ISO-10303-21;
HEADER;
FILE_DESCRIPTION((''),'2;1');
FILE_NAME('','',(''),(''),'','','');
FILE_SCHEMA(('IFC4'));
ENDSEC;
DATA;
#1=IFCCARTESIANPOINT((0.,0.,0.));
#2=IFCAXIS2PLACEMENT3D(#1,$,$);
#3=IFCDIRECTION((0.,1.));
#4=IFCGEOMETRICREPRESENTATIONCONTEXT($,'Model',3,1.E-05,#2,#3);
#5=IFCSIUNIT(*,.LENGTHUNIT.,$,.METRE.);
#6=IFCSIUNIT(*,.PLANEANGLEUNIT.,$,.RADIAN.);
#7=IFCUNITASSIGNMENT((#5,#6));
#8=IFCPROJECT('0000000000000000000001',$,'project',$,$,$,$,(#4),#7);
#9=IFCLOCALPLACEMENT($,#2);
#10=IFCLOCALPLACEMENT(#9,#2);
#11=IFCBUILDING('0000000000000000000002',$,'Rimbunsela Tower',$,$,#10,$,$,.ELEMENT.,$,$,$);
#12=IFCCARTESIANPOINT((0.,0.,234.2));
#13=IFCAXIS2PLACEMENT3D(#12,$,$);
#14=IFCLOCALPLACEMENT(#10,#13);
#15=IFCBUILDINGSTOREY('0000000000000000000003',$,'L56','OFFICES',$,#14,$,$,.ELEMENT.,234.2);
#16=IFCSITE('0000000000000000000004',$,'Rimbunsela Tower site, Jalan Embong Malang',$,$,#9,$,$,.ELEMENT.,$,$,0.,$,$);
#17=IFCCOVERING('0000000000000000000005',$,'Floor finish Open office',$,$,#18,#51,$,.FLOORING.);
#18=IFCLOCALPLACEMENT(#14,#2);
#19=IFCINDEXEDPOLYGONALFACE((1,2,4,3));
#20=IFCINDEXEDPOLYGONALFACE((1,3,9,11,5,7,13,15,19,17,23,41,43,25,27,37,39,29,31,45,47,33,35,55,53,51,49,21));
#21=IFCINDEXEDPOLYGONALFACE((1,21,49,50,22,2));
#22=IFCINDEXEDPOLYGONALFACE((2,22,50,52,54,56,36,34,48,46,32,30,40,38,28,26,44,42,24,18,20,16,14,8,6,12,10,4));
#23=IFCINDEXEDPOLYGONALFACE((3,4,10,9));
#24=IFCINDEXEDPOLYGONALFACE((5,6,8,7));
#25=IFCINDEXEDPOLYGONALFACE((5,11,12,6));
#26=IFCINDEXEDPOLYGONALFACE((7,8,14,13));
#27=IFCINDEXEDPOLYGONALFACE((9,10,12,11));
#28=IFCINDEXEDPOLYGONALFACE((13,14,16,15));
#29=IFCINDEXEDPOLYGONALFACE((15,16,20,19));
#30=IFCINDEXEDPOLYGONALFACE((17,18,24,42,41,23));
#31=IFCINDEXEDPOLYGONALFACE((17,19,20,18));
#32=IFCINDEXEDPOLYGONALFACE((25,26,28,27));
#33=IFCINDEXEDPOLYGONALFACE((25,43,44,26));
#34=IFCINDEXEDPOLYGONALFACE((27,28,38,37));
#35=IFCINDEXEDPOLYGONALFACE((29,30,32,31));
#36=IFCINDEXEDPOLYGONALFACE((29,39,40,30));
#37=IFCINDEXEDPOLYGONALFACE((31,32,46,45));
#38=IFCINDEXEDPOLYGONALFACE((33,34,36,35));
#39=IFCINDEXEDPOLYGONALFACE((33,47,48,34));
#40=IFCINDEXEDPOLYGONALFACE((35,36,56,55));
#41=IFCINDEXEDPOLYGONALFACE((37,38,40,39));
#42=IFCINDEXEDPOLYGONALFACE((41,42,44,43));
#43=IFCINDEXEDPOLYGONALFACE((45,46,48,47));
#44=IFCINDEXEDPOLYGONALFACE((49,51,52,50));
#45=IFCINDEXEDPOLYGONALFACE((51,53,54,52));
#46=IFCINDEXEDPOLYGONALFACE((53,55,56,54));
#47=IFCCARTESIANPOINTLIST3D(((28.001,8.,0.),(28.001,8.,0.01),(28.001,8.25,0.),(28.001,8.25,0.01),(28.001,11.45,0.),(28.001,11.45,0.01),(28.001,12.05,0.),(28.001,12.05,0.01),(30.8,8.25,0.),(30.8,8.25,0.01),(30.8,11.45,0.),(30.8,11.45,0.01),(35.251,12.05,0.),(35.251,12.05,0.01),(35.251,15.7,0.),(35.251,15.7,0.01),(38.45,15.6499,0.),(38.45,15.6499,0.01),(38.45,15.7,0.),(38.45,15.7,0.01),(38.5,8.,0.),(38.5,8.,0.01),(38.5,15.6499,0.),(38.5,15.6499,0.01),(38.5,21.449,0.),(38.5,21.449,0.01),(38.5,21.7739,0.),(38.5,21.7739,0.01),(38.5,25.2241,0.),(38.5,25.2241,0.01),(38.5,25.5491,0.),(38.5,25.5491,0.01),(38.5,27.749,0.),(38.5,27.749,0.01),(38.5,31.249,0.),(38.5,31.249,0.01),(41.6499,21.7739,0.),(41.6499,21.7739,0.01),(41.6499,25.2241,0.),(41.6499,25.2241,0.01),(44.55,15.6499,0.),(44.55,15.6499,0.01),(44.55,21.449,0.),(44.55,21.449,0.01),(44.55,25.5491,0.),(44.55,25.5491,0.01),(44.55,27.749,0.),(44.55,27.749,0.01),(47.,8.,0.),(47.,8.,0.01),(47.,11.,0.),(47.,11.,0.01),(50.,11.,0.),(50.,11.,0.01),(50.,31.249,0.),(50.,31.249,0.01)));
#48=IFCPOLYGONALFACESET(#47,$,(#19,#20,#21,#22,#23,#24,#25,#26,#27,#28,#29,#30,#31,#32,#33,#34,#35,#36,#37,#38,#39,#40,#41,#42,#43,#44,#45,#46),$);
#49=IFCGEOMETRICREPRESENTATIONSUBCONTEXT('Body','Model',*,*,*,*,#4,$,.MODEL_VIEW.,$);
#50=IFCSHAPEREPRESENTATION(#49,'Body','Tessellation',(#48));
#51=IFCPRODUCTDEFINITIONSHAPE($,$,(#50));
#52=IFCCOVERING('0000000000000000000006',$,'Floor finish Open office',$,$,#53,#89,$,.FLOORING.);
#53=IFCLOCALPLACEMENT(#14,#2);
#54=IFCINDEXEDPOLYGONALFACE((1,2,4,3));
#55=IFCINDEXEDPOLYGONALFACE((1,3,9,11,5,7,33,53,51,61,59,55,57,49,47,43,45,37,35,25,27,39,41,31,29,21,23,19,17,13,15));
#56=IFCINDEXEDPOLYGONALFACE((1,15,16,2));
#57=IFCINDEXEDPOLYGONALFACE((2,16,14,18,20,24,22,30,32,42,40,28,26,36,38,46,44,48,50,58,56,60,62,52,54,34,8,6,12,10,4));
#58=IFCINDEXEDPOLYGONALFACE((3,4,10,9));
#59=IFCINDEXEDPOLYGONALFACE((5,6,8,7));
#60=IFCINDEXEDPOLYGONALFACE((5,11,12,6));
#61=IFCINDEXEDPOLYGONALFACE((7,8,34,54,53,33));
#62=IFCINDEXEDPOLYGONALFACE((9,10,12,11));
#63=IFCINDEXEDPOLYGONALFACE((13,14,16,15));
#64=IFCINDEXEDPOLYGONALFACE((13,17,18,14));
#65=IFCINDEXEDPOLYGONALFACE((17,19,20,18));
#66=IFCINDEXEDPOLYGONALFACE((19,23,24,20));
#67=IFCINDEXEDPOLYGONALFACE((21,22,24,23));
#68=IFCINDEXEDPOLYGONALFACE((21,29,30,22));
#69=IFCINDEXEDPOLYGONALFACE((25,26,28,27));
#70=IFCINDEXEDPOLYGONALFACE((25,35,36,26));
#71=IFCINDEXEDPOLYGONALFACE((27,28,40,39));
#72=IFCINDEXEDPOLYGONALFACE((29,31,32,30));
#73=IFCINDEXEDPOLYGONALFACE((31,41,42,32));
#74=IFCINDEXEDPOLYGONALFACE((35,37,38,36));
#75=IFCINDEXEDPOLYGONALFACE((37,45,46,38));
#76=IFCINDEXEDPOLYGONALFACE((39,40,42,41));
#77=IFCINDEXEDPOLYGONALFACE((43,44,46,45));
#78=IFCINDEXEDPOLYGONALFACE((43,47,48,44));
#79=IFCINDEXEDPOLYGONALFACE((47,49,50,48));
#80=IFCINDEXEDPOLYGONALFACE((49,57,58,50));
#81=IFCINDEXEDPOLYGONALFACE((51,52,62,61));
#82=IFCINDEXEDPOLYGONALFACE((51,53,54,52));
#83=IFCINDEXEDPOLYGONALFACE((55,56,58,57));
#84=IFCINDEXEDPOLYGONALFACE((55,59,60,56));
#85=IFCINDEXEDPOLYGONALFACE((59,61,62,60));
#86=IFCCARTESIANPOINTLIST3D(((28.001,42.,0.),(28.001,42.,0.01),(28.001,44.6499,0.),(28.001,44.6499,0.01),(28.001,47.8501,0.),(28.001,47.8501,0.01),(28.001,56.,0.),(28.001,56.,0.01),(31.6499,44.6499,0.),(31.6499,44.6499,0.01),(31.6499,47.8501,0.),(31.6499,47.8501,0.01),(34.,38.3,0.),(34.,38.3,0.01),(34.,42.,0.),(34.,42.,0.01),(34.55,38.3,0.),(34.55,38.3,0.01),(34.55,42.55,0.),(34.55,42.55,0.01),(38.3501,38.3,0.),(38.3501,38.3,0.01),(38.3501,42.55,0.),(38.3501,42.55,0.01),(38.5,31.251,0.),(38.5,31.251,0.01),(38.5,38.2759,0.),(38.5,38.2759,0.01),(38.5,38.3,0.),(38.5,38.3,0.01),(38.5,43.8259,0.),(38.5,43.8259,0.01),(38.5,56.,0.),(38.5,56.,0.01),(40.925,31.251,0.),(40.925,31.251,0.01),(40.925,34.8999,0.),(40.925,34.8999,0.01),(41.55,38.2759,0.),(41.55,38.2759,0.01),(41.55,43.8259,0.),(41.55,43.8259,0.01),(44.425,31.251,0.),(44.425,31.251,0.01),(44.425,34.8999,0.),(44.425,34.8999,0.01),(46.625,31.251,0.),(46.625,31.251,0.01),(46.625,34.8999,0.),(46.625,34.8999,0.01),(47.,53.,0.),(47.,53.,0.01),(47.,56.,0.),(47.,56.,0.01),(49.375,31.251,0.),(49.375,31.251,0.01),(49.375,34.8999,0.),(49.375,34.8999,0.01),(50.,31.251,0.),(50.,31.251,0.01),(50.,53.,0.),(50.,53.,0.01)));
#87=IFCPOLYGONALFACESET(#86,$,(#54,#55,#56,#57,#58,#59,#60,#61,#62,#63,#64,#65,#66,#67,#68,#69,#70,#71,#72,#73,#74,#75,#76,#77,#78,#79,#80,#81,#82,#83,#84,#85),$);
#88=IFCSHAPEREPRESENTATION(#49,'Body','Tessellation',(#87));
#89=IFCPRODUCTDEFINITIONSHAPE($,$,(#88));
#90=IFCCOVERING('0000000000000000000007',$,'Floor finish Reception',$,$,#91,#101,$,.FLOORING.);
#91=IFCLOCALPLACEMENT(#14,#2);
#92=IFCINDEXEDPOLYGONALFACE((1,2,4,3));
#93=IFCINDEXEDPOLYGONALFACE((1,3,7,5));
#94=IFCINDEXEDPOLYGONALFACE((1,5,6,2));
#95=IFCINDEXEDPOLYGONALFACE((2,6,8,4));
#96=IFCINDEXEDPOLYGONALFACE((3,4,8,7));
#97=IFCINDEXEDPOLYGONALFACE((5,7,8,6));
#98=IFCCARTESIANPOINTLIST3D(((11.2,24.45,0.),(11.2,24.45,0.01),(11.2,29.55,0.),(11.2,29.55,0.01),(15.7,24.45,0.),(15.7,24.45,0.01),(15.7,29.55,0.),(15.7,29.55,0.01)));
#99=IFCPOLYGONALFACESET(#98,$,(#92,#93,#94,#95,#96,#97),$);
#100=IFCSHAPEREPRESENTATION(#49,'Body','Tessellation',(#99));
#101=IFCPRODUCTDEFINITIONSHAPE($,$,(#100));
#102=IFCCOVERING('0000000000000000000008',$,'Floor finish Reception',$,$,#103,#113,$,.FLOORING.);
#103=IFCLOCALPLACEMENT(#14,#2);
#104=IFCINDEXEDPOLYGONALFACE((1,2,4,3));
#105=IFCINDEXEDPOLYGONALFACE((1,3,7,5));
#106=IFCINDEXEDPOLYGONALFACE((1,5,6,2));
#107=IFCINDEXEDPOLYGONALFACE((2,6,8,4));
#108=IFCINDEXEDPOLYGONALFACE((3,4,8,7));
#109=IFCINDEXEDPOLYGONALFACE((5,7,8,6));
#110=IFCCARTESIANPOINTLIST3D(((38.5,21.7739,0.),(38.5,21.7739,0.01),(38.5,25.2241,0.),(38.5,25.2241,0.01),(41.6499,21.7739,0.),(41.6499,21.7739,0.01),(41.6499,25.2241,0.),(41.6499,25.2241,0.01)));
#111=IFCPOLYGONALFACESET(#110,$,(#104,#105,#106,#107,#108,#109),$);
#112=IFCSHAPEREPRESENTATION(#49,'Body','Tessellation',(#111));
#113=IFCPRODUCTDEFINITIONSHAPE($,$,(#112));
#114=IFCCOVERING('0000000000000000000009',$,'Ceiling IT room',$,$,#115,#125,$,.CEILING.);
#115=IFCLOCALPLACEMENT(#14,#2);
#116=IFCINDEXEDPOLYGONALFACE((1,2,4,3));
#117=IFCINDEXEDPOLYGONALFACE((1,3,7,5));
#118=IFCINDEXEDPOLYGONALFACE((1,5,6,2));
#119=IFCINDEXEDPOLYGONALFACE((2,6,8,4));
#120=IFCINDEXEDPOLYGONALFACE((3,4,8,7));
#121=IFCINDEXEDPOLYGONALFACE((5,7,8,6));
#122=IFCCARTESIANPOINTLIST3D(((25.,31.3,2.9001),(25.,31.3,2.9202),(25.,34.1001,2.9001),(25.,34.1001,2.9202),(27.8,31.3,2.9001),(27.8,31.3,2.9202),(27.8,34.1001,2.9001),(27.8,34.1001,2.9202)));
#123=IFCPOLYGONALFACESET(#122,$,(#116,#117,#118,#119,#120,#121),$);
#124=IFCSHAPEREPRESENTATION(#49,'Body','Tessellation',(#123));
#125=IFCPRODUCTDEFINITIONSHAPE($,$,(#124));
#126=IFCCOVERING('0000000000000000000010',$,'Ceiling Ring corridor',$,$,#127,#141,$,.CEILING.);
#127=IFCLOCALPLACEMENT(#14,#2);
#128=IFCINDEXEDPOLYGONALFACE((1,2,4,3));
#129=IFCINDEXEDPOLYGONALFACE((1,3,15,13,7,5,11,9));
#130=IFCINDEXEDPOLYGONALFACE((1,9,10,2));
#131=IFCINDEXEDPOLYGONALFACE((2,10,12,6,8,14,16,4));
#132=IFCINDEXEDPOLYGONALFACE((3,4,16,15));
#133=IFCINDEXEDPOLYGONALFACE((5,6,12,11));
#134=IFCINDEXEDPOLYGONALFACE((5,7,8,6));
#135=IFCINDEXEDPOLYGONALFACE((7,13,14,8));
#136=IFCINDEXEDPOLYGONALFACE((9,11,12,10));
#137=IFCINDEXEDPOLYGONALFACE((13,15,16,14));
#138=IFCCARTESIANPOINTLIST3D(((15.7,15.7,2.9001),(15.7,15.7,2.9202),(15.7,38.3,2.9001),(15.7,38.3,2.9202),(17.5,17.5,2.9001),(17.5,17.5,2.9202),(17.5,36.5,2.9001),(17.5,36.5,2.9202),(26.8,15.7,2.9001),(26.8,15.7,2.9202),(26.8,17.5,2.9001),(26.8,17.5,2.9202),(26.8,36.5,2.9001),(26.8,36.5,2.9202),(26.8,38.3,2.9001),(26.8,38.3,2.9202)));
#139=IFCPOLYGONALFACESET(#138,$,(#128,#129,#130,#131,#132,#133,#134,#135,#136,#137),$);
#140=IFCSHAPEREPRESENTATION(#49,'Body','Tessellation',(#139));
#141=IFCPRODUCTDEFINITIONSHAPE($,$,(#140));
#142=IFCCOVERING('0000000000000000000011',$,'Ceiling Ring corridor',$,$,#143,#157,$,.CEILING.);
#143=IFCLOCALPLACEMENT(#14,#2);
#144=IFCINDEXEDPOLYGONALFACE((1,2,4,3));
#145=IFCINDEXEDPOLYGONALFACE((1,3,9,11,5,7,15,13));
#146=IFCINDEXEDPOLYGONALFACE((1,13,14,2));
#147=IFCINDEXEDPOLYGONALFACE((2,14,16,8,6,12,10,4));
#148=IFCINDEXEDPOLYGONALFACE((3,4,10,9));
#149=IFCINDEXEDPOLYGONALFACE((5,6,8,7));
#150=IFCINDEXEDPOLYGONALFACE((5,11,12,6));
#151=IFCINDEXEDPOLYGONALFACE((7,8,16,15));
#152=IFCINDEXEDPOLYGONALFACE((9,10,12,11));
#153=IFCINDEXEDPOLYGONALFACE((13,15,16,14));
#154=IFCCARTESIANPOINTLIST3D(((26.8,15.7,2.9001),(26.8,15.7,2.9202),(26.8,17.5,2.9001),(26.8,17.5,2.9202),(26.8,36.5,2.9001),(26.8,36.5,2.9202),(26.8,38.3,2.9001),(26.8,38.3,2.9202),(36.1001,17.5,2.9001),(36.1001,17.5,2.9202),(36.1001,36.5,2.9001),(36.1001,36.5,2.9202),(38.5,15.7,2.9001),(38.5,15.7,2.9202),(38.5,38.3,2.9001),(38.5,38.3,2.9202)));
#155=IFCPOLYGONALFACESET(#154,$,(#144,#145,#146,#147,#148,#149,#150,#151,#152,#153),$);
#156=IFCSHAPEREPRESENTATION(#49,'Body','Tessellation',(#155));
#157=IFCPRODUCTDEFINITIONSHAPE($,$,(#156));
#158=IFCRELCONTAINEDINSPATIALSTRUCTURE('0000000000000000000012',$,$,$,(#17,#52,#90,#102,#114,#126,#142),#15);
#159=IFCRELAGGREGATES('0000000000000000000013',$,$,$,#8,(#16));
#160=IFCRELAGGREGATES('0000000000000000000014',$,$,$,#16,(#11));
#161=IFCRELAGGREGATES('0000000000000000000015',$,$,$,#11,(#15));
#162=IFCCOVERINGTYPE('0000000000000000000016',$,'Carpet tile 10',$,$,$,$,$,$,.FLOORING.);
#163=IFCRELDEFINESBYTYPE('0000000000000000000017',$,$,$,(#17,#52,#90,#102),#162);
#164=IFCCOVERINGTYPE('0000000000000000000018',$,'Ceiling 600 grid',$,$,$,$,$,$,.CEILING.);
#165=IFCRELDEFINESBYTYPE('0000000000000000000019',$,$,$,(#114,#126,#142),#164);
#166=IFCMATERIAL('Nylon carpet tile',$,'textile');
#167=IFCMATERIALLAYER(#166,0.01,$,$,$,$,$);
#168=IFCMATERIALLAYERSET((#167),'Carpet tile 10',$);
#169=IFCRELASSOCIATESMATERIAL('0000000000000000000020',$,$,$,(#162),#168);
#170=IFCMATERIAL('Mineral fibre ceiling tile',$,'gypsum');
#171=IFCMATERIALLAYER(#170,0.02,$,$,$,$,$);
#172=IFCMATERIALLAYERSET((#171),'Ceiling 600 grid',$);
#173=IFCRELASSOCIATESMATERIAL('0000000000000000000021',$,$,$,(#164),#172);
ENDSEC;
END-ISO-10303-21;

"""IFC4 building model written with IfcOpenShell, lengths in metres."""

from ifc_helpers import new_model, si_unit, direction, frame, origin, place, context, subcontext, project, spatial, polyline, outline, extrude, material, layer, layer_set, type_object, element, save


model = new_model("IFC4")

# Units and contexts
model_context = context("Model", 3, precision=1e-05, world=origin(), true_north=direction((0.0, 1.0)))
body_context = subcontext(model_context, "Body", "Model", "MODEL_VIEW")
ifc_project = project(units=[si_unit("LENGTHUNIT", "METRE"), si_unit("PLANEANGLEUNIT", "RADIAN")], contexts=[model_context])

# Site, building, storey
site_placement = place(None, origin())
site = spatial("IfcSite", under=ifc_project, at=site_placement, Name="Rimbunsela Tower site, Jalan Embong Malang", CompositionType="ELEMENT", RefElevation=0.0)
building_placement = place(site_placement, origin())
building = spatial("IfcBuilding", under=site, at=building_placement, Name="Rimbunsela Tower", CompositionType="ELEMENT")
storey_placement = place(building_placement, frame((0.0, 0.0, 234.2)))
storey = spatial("IfcBuildingStorey", under=building, at=storey_placement, Name="L56", Description="OFFICES", CompositionType="ELEMENT", Elevation=234.2)

# Coverings
ifc_material_1 = material(Name="Nylon carpet tile", Category="textile")
ifc_layer_1 = layer(ifc_material_1, 0.01)
ifc_layer_set_1 = layer_set([ifc_layer_1], Name="Carpet tile 10")
covering_type_1 = type_object("IfcCoveringType", Name="Carpet tile 10", PredefinedType="FLOORING", material=ifc_layer_set_1)
covering_1_placement = place(storey_placement, origin())
element("IfcCovering", 1, at=covering_1_placement, inside=storey, type_object=covering_type_1, Name="Floor finish Open office", PredefinedType="FLOORING", context=body_context, shape_type="SweptSolid", body=[
    extrude(outline(polyline([(28.001, 8.25), (30.8, 8.25), (30.8, 11.45), (28.001, 11.45), (28.001, 12.05), (35.251, 12.05), (35.251, 15.7), (38.45, 15.7), (38.45, 15.6499), (38.5, 15.6499), (44.55, 15.6499), (44.55, 21.449), (38.5, 21.449), (38.5, 21.7739), (41.6499, 21.7739), (41.6499, 25.2241), (38.5, 25.2241), (38.5, 25.5491), (44.55, 25.5491), (44.55, 27.749), (38.5, 27.749), (38.5, 31.249), (50.0, 31.249), (50.0, 11.0), (47.0, 11.0), (47.0, 8.0), (38.5, 8.0), (28.001, 8.0), (28.001, 8.25)])), origin(), (0.0, 0.0, 1.0), 0.01),
])
covering_2_placement = place(storey_placement, origin())
element("IfcCovering", 2, at=covering_2_placement, inside=storey, type_object=covering_type_1, Name="Floor finish Open office", PredefinedType="FLOORING", context=body_context, shape_type="SweptSolid", body=[
    extrude(outline(polyline([(38.5, 38.3), (38.3501, 38.3), (38.3501, 42.55), (34.55, 42.55), (34.55, 38.3), (34.0, 38.3), (34.0, 42.0), (28.001, 42.0), (28.001, 44.6499), (31.6499, 44.6499), (31.6499, 47.8501), (28.001, 47.8501), (28.001, 56.0), (38.5, 56.0), (47.0, 56.0), (47.0, 53.0), (50.0, 53.0), (50.0, 31.251), (49.375, 31.251), (49.375, 34.8999), (46.625, 34.8999), (46.625, 31.251), (44.425, 31.251), (44.425, 34.8999), (40.925, 34.8999), (40.925, 31.251), (38.5, 31.251), (38.5, 38.2759), (41.55, 38.2759), (41.55, 43.8259), (38.5, 43.8259), (38.5, 38.3)])), origin(), (0.0, 0.0, 1.0), 0.01),
])
covering_3_placement = place(storey_placement, origin())
element("IfcCovering", 3, at=covering_3_placement, inside=storey, type_object=covering_type_1, Name="Floor finish Reception", PredefinedType="FLOORING", context=body_context, shape_type="SweptSolid", body=[
    extrude(outline(polyline([(15.7, 24.45), (15.7, 29.55), (11.2, 29.55), (11.2, 24.45), (15.7, 24.45)])), origin(), (0.0, 0.0, 1.0), 0.01),
])
covering_4_placement = place(storey_placement, origin())
element("IfcCovering", 4, at=covering_4_placement, inside=storey, type_object=covering_type_1, Name="Floor finish Reception", PredefinedType="FLOORING", context=body_context, shape_type="SweptSolid", body=[
    extrude(outline(polyline([(41.6499, 21.7739), (41.6499, 25.2241), (38.5, 25.2241), (38.5, 21.7739), (41.6499, 21.7739)])), origin(), (0.0, 0.0, 1.0), 0.01),
])
ifc_material_2 = material(Name="Mineral fibre ceiling tile", Category="gypsum")
ifc_layer_2 = layer(ifc_material_2, 0.02)
ifc_layer_set_2 = layer_set([ifc_layer_2], Name="Ceiling 600 grid")
covering_type_2 = type_object("IfcCoveringType", Name="Ceiling 600 grid", PredefinedType="CEILING", material=ifc_layer_set_2)
covering_5_placement = place(storey_placement, frame((0.0, 0.0, 2.9001)))
element("IfcCovering", 5, at=covering_5_placement, inside=storey, type_object=covering_type_2, Name="Ceiling IT room", PredefinedType="CEILING", context=body_context, shape_type="SweptSolid", body=[
    extrude(outline(polyline([(27.8, 31.3), (27.8, 34.1001), (25.0, 34.1001), (25.0, 31.3), (27.8, 31.3)])), origin(), (0.0, 0.0, 1.0), 0.02),
])
covering_6_placement = place(storey_placement, frame((0.0, 0.0, 2.9001)))
element("IfcCovering", 6, at=covering_6_placement, inside=storey, type_object=covering_type_2, Name="Ceiling Ring corridor", PredefinedType="CEILING", context=body_context, shape_type="SweptSolid", body=[
    extrude(outline(polyline([(15.7, 38.3), (26.8, 38.3), (26.8, 36.5), (17.5, 36.5), (17.5, 17.5), (26.8, 17.5), (26.8, 15.7), (15.7, 15.7), (15.7, 38.3)])), origin(), (0.0, 0.0, 1.0), 0.02),
])
covering_7_placement = place(storey_placement, frame((0.0, 0.0, 2.9001)))
element("IfcCovering", 7, at=covering_7_placement, inside=storey, type_object=covering_type_2, Name="Ceiling Ring corridor", PredefinedType="CEILING", context=body_context, shape_type="SweptSolid", body=[
    extrude(outline(polyline([(38.5, 38.3), (38.5, 15.7), (26.8, 15.7), (26.8, 17.5), (36.1001, 17.5), (36.1001, 36.5), (26.8, 36.5), (26.8, 38.3), (38.5, 38.3)])), origin(), (0.0, 0.0, 1.0), 0.02),
])

save(model, "model.ifc")
